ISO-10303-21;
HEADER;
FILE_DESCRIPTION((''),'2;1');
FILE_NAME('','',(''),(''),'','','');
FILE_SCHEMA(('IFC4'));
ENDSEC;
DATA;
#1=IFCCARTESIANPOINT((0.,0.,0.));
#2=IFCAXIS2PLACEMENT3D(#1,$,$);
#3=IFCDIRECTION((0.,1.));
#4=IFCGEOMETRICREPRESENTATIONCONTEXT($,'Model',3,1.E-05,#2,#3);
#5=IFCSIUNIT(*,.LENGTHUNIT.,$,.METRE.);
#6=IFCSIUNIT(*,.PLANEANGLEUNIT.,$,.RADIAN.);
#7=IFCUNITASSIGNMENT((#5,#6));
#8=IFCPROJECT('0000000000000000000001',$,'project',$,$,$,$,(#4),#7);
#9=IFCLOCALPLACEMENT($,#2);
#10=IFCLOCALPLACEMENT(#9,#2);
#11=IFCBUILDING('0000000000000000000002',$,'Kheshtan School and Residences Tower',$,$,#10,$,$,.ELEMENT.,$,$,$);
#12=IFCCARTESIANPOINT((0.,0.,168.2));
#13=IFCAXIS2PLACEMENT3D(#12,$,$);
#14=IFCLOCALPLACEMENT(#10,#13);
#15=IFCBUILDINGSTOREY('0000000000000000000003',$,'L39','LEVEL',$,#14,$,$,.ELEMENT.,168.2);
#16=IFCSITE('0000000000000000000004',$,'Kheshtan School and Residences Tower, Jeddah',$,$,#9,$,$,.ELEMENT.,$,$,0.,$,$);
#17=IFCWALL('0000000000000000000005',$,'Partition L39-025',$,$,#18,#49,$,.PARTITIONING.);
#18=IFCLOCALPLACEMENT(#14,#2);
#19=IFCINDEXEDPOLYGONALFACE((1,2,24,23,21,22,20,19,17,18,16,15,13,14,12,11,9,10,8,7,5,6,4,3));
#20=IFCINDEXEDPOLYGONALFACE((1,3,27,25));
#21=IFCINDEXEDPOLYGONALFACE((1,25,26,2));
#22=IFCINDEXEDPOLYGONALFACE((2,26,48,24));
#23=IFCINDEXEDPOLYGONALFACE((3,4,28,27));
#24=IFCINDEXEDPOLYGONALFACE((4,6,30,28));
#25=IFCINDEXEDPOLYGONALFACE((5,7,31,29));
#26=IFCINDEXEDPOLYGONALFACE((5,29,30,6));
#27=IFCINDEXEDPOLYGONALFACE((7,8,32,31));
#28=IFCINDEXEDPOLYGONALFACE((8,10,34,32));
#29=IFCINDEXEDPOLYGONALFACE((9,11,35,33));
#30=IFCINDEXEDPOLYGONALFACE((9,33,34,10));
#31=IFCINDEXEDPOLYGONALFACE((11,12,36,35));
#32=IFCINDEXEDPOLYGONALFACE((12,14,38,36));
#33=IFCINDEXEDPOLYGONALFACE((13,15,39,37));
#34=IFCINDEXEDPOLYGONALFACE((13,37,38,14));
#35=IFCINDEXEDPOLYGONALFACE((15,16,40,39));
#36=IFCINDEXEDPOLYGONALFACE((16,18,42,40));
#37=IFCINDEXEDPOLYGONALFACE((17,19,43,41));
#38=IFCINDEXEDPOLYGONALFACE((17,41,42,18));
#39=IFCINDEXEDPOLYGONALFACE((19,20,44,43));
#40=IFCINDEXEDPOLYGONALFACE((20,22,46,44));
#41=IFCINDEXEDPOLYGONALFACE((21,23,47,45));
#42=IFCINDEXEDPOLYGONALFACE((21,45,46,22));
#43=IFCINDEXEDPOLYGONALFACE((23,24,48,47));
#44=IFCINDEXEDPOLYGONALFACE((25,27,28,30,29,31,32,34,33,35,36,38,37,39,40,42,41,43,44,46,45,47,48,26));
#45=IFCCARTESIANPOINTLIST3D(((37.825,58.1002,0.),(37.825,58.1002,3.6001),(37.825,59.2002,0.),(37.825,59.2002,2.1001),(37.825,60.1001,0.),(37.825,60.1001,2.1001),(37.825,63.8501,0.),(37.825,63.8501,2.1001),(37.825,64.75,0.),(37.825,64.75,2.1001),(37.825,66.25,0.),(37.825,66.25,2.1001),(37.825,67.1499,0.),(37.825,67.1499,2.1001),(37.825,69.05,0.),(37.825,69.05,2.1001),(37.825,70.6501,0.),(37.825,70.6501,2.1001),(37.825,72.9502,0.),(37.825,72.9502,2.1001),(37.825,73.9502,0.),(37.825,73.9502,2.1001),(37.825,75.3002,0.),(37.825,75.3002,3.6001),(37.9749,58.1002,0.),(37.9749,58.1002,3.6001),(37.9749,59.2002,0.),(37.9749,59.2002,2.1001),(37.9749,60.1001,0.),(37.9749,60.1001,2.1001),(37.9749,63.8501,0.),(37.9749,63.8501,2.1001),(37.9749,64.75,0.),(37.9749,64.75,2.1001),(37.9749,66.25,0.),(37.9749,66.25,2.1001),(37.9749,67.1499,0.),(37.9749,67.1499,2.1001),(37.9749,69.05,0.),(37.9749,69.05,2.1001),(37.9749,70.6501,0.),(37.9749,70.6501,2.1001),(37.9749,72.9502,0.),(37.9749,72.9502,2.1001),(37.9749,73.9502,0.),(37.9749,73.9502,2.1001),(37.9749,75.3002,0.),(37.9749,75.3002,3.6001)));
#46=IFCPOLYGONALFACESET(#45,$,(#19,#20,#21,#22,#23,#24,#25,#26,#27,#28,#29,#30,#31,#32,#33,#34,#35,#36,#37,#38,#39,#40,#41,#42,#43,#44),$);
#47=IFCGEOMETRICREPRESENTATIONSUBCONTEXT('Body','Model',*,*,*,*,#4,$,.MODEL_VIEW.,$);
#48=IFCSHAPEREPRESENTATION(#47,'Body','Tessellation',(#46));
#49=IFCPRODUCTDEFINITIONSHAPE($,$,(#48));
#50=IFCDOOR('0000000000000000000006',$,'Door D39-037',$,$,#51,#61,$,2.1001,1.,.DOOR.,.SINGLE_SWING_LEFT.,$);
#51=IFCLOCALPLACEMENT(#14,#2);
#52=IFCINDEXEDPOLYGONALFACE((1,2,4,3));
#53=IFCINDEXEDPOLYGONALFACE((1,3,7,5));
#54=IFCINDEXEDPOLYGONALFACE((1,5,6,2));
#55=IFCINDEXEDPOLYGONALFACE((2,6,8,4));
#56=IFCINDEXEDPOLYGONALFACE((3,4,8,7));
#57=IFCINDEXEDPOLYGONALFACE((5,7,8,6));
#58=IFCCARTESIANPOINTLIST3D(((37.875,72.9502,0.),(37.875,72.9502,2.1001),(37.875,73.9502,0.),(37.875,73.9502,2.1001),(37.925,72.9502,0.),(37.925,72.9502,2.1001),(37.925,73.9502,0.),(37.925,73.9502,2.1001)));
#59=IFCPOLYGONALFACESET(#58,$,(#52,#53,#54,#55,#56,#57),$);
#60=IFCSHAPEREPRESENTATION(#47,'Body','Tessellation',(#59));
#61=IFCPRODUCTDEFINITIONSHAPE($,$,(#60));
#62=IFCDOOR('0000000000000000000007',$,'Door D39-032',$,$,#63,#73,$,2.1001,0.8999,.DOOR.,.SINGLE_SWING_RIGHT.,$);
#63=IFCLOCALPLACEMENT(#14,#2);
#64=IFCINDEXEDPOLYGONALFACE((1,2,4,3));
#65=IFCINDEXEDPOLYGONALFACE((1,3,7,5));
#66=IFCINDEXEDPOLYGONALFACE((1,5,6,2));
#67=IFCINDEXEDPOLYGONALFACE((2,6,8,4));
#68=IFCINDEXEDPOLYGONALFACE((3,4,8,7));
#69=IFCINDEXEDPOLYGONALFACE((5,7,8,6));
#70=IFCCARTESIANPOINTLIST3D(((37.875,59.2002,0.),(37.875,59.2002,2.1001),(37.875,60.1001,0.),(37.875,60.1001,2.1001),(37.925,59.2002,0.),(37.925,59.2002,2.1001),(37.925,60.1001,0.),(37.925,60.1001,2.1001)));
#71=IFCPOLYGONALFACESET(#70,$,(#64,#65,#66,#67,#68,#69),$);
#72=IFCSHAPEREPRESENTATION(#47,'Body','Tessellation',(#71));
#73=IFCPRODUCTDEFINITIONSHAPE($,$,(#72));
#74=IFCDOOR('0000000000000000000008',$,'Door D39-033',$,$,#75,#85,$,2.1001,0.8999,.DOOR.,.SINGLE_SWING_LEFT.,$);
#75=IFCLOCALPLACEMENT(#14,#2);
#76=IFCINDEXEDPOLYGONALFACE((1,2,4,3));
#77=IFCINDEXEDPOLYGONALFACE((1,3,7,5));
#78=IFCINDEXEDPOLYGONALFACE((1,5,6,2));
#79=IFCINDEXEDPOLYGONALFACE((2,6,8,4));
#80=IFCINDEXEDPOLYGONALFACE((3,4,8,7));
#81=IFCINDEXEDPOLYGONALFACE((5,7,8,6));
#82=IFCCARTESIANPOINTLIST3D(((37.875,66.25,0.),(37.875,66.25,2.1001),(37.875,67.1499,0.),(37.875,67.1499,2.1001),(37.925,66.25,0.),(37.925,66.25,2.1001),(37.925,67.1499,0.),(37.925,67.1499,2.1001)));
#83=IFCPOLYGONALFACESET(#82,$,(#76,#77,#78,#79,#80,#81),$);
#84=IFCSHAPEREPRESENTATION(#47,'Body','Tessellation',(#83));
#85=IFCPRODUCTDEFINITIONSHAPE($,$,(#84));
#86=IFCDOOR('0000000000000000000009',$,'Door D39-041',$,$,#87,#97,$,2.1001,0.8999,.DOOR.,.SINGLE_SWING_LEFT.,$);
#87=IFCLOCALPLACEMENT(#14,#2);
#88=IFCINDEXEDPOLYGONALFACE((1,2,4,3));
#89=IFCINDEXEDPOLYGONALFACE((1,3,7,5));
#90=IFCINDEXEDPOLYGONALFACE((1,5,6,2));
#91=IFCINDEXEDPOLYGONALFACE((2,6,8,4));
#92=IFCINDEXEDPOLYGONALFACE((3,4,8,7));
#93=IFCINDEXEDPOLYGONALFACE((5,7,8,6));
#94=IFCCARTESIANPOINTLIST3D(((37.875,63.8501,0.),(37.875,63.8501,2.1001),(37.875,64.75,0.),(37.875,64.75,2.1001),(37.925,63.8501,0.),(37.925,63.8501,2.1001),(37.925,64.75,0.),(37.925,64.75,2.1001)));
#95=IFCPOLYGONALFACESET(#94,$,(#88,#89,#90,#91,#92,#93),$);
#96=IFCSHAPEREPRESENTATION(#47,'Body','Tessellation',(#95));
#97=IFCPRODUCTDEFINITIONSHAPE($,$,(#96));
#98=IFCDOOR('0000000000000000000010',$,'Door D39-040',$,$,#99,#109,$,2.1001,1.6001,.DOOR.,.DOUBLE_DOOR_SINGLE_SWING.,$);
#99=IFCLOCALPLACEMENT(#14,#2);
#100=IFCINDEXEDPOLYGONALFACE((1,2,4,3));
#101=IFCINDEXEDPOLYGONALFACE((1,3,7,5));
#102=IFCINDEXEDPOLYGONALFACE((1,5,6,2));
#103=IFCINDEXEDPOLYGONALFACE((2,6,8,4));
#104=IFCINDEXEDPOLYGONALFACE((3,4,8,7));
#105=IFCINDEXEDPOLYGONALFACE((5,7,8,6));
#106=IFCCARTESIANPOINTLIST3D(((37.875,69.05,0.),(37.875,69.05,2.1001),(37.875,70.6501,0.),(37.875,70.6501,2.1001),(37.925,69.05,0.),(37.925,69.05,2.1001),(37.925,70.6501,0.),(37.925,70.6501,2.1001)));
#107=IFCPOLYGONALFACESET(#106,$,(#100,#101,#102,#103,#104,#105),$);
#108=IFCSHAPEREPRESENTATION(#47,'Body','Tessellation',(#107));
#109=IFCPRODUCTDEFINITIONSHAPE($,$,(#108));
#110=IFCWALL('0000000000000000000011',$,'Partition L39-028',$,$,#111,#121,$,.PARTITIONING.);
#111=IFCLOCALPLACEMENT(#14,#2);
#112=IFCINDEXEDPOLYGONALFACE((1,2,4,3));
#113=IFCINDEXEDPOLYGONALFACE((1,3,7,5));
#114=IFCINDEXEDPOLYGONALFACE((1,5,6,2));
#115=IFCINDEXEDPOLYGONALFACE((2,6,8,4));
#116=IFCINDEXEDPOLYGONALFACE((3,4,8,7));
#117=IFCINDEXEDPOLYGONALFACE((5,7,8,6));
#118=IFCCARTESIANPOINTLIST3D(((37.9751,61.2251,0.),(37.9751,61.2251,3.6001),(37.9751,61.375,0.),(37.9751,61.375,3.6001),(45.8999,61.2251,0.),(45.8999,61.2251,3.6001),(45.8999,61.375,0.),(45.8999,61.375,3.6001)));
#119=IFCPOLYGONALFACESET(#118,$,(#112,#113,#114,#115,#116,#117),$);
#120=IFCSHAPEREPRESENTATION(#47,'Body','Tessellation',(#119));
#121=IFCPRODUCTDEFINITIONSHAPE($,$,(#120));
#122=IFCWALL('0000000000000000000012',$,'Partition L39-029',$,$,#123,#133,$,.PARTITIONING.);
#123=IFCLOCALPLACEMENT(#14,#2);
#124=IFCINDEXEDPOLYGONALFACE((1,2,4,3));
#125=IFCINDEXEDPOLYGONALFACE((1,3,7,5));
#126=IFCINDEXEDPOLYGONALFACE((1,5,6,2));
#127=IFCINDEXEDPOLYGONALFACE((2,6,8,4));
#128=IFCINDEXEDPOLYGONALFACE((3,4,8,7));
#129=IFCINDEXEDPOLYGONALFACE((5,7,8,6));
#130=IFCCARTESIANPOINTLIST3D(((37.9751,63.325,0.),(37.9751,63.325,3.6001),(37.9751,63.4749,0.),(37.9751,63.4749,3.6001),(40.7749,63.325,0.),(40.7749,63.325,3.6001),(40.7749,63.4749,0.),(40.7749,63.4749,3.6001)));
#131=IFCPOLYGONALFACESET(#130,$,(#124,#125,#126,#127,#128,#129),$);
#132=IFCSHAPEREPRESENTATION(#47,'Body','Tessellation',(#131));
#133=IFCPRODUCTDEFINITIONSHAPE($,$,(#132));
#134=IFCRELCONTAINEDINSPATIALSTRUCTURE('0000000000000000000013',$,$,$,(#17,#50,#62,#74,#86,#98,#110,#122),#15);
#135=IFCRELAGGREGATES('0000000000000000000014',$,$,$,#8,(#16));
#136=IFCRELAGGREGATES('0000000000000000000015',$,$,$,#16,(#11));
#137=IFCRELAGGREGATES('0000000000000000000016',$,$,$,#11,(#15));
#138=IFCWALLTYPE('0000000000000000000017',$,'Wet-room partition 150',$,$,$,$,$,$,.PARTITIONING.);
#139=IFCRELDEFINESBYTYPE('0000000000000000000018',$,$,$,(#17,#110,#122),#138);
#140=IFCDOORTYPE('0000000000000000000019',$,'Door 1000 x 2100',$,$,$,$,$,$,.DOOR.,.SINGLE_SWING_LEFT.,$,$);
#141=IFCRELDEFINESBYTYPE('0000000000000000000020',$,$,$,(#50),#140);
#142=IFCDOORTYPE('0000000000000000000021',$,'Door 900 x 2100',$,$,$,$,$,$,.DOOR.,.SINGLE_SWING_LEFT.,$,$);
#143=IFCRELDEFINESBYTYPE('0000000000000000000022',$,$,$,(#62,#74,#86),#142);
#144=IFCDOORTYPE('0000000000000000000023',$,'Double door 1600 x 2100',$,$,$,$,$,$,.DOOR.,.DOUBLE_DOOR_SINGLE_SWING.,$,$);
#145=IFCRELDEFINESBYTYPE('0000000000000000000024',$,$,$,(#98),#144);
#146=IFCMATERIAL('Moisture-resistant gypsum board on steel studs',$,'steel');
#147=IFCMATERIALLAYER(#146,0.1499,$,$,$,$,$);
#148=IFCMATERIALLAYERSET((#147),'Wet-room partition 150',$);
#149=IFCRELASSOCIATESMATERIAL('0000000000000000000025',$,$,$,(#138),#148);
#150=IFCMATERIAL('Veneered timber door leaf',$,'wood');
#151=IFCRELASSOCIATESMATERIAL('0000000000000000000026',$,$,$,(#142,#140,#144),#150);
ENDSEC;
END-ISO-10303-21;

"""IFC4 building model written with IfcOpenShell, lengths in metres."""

from ifc_helpers import new_model, si_unit, direction, frame, frame_2d, origin, place, context, subcontext, project, spatial, rectangle, extrude, source, transform, mapped, material, layer, layer_set, type_object, element, fill, save


model = new_model("IFC4")

# Units and contexts
model_context = context("Model", 3, precision=1e-05, world=origin(), true_north=direction((0.0, 1.0)))
body_context = subcontext(model_context, "Body", "Model", "MODEL_VIEW")
ifc_project = project(units=[si_unit("LENGTHUNIT", "METRE"), si_unit("PLANEANGLEUNIT", "RADIAN")], contexts=[model_context])

# Site, building, storey
site_placement = place(None, origin())
site = spatial("IfcSite", under=ifc_project, at=site_placement, Name="Kheshtan School and Residences Tower, Jeddah", CompositionType="ELEMENT", RefElevation=0.0)
building_placement = place(site_placement, origin())
building = spatial("IfcBuilding", under=site, at=building_placement, Name="Kheshtan School and Residences Tower", CompositionType="ELEMENT")
storey_placement = place(building_placement, frame((0.0, 0.0, 168.2)))
storey = spatial("IfcBuildingStorey", under=building, at=storey_placement, Name="L39", Description="LEVEL", CompositionType="ELEMENT", Elevation=168.2)

# Shared definitions
ifc_material_1 = material(Name="Moisture-resistant gypsum board on steel studs", Category="steel")
ifc_layer_1 = layer(ifc_material_1, 0.1499)
ifc_layer_set_1 = layer_set([ifc_layer_1], Name="Wet-room partition 150")
wall_type_1 = type_object("IfcWallType", Name="Wet-room partition 150", PredefinedType="PARTITIONING", material=ifc_layer_set_1)

# Shared definitions
ifc_material_2 = material(Name="Veneered timber door leaf", Category="wood")

# Wall, openings, doors
door_type_1 = type_object("IfcDoorType", Name="Door 900 x 2100", OperationType="SINGLE_SWING_LEFT", PredefinedType="DOOR", material=ifc_material_2)
shared_shape_1 = source(origin(), body_context, "Body", "SweptSolid", [
    extrude(rectangle(XDim=0.8999, YDim=2.1001, at=frame_2d((0.45, 1.05))), frame((0.0, 0.0249, 0.0), z_axis=(0.0, -1.0, 0.0), x_axis=(1.0, 0.0, 0.0)), (0.0, 0.0, 1.0), 0.05),
])
wall_1_placement = place(storey_placement, frame((37.8999, 58.1001, 0.0), z_axis=(0.0, 0.0, 1.0), x_axis=(0.0, 1.0, 0.0)))
wall_1 = element("IfcWall", 1, at=wall_1_placement, inside=storey, type_object=wall_type_1, Name="Partition L39-025", PredefinedType="PARTITIONING", context=body_context, shape_type="SweptSolid", body=[
    extrude(rectangle(XDim=17.2, YDim=0.1499, at=frame_2d((8.6001, 0.0))), origin(), (0.0, 0.0, 1.0), 3.6001),
])
opening_1_placement = place(wall_1_placement, frame((1.1001, 0.0, 0.0)))
opening_1 = element("IfcOpeningElement", 2, at=opening_1_placement, cuts=wall_1, PredefinedType="OPENING", context=body_context, shape_type="SweptSolid", body=[
    extrude(rectangle(XDim=0.8999, YDim=2.1001, at=frame_2d((0.45, 1.05))), frame((0.0, 0.085, 0.0), z_axis=(0.0, -1.0, 0.0), x_axis=(1.0, 0.0, 0.0)), (0.0, 0.0, 1.0), 0.1699),
])
opening_2_placement = place(wall_1_placement, frame((8.1499, 0.0, 0.0)))
opening_2 = element("IfcOpeningElement", 3, at=opening_2_placement, cuts=wall_1, PredefinedType="OPENING", context=body_context, shape_type="SweptSolid", body=[
    extrude(rectangle(XDim=0.8999, YDim=2.1001, at=frame_2d((0.45, 1.05))), frame((0.0, 0.085, 0.0), z_axis=(0.0, -1.0, 0.0), x_axis=(1.0, 0.0, 0.0)), (0.0, 0.0, 1.0), 0.1699),
])
opening_3_placement = place(wall_1_placement, frame((14.8501, 0.0, 0.0)))
opening_3 = element("IfcOpeningElement", 4, at=opening_3_placement, cuts=wall_1, PredefinedType="OPENING", context=body_context, shape_type="SweptSolid", body=[
    extrude(rectangle(XDim=1.0, YDim=2.1001, at=frame_2d((0.5, 1.05))), frame((0.0, 0.085, 0.0), z_axis=(0.0, -1.0, 0.0), x_axis=(1.0, 0.0, 0.0)), (0.0, 0.0, 1.0), 0.1699),
])
opening_4_placement = place(wall_1_placement, frame((10.95, 0.0, 0.0)))
opening_4 = element("IfcOpeningElement", 5, at=opening_4_placement, cuts=wall_1, PredefinedType="OPENING", context=body_context, shape_type="SweptSolid", body=[
    extrude(rectangle(XDim=1.6001, YDim=2.1001, at=frame_2d((0.8, 1.05))), frame((0.0, 0.085, 0.0), z_axis=(0.0, -1.0, 0.0), x_axis=(1.0, 0.0, 0.0)), (0.0, 0.0, 1.0), 0.1699),
])
opening_5_placement = place(wall_1_placement, frame((5.75, 0.0, 0.0)))
opening_5 = element("IfcOpeningElement", 6, at=opening_5_placement, cuts=wall_1, PredefinedType="OPENING", context=body_context, shape_type="SweptSolid", body=[
    extrude(rectangle(XDim=0.8999, YDim=2.1001, at=frame_2d((0.45, 1.05))), frame((0.0, 0.085, 0.0), z_axis=(0.0, -1.0, 0.0), x_axis=(1.0, 0.0, 0.0)), (0.0, 0.0, 1.0), 0.1699),
])
door_type_2 = type_object("IfcDoorType", Name="Door 1000 x 2100", OperationType="SINGLE_SWING_LEFT", PredefinedType="DOOR", material=ifc_material_2)
shared_shape_2 = source(origin(), body_context, "Body", "SweptSolid", [
    extrude(rectangle(XDim=1.0, YDim=2.1001, at=frame_2d((0.5, 1.05))), frame((0.0, 0.0249, 0.0), z_axis=(0.0, -1.0, 0.0), x_axis=(1.0, 0.0, 0.0)), (0.0, 0.0, 1.0), 0.05),
])
door_1_placement = place(opening_3_placement, origin())
door_1 = element("IfcDoor", 7, at=door_1_placement, inside=storey, type_object=door_type_2, Name="Door D39-037", OperationType="SINGLE_SWING_LEFT", OverallHeight=2.1001, OverallWidth=1.0, PredefinedType="DOOR", context=body_context, shape_type="MappedRepresentation", body=[
    mapped(shared_shape_2, transform((0.0, 0.0, 0.0), x_axis=(1.0, 0.0, 0.0), y_axis=(0.0, 1.0, 0.0), z_axis=(0.0, 0.0, 1.0), scale=1.0)),
])
fill(opening_3, door_1)
door_2_placement = place(opening_1_placement, origin())
door_2 = element("IfcDoor", 8, at=door_2_placement, inside=storey, type_object=door_type_1, Name="Door D39-032", OperationType="SINGLE_SWING_RIGHT", OverallHeight=2.1001, OverallWidth=0.8999, PredefinedType="DOOR", context=body_context, shape_type="MappedRepresentation", body=[
    mapped(shared_shape_1, transform((0.0, 0.0, 0.0), x_axis=(1.0, 0.0, 0.0), y_axis=(0.0, 1.0, 0.0), z_axis=(0.0, 0.0, 1.0), scale=1.0)),
])
fill(opening_1, door_2)
door_3_placement = place(opening_2_placement, origin())
door_3 = element("IfcDoor", 9, at=door_3_placement, inside=storey, type_object=door_type_1, Name="Door D39-033", OperationType="SINGLE_SWING_LEFT", OverallHeight=2.1001, OverallWidth=0.8999, PredefinedType="DOOR", context=body_context, shape_type="MappedRepresentation", body=[
    mapped(shared_shape_1, transform((0.0, 0.0, 0.0), x_axis=(1.0, 0.0, 0.0), y_axis=(0.0, 1.0, 0.0), z_axis=(0.0, 0.0, 1.0), scale=1.0)),
])
fill(opening_2, door_3)
door_4_placement = place(opening_5_placement, origin())
door_4 = element("IfcDoor", 10, at=door_4_placement, inside=storey, type_object=door_type_1, Name="Door D39-041", OperationType="SINGLE_SWING_LEFT", OverallHeight=2.1001, OverallWidth=0.8999, PredefinedType="DOOR", context=body_context, shape_type="MappedRepresentation", body=[
    mapped(shared_shape_1, transform((0.0, 0.0, 0.0), x_axis=(1.0, 0.0, 0.0), y_axis=(0.0, 1.0, 0.0), z_axis=(0.0, 0.0, 1.0), scale=1.0)),
])
fill(opening_5, door_4)
door_type_3 = type_object("IfcDoorType", Name="Double door 1600 x 2100", OperationType="DOUBLE_DOOR_SINGLE_SWING", PredefinedType="DOOR", material=ifc_material_2)
shared_shape_3 = source(origin(), body_context, "Body", "SweptSolid", [
    extrude(rectangle(XDim=1.6001, YDim=2.1001, at=frame_2d((0.8, 1.05))), frame((0.0, 0.0249, 0.0), z_axis=(0.0, -1.0, 0.0), x_axis=(1.0, 0.0, 0.0)), (0.0, 0.0, 1.0), 0.05),
])
door_5_placement = place(opening_4_placement, origin())
door_5 = element("IfcDoor", 11, at=door_5_placement, inside=storey, type_object=door_type_3, Name="Door D39-040", OperationType="DOUBLE_DOOR_SINGLE_SWING", OverallHeight=2.1001, OverallWidth=1.6001, PredefinedType="DOOR", context=body_context, shape_type="MappedRepresentation", body=[
    mapped(shared_shape_3, transform((0.0, 0.0, 0.0), x_axis=(1.0, 0.0, 0.0), y_axis=(0.0, 1.0, 0.0), z_axis=(0.0, 0.0, 1.0), scale=1.0)),
])
fill(opening_4, door_5)

# Walls
wall_2_placement = place(storey_placement, frame((37.9751, 61.3, 0.0), z_axis=(0.0, 0.0, 1.0), x_axis=(1.0, 0.0, 0.0)))
element("IfcWall", 12, at=wall_2_placement, inside=storey, type_object=wall_type_1, Name="Partition L39-028", PredefinedType="PARTITIONING", context=body_context, shape_type="SweptSolid", body=[
    extrude(rectangle(XDim=7.9248, YDim=0.1499, at=frame_2d((3.9624, 0.0))), origin(), (0.0, 0.0, 1.0), 3.6001),
])
wall_3_placement = place(storey_placement, frame((37.9751, 63.3999, 0.0), z_axis=(0.0, 0.0, 1.0), x_axis=(1.0, 0.0, 0.0)))
element("IfcWall", 13, at=wall_3_placement, inside=storey, type_object=wall_type_1, Name="Partition L39-029", PredefinedType="PARTITIONING", context=body_context, shape_type="SweptSolid", body=[
    extrude(rectangle(XDim=2.7998, YDim=0.1499, at=frame_2d((1.3999, 0.0))), origin(), (0.0, 0.0, 1.0), 3.6001),
])

save(model, "model.ifc")
